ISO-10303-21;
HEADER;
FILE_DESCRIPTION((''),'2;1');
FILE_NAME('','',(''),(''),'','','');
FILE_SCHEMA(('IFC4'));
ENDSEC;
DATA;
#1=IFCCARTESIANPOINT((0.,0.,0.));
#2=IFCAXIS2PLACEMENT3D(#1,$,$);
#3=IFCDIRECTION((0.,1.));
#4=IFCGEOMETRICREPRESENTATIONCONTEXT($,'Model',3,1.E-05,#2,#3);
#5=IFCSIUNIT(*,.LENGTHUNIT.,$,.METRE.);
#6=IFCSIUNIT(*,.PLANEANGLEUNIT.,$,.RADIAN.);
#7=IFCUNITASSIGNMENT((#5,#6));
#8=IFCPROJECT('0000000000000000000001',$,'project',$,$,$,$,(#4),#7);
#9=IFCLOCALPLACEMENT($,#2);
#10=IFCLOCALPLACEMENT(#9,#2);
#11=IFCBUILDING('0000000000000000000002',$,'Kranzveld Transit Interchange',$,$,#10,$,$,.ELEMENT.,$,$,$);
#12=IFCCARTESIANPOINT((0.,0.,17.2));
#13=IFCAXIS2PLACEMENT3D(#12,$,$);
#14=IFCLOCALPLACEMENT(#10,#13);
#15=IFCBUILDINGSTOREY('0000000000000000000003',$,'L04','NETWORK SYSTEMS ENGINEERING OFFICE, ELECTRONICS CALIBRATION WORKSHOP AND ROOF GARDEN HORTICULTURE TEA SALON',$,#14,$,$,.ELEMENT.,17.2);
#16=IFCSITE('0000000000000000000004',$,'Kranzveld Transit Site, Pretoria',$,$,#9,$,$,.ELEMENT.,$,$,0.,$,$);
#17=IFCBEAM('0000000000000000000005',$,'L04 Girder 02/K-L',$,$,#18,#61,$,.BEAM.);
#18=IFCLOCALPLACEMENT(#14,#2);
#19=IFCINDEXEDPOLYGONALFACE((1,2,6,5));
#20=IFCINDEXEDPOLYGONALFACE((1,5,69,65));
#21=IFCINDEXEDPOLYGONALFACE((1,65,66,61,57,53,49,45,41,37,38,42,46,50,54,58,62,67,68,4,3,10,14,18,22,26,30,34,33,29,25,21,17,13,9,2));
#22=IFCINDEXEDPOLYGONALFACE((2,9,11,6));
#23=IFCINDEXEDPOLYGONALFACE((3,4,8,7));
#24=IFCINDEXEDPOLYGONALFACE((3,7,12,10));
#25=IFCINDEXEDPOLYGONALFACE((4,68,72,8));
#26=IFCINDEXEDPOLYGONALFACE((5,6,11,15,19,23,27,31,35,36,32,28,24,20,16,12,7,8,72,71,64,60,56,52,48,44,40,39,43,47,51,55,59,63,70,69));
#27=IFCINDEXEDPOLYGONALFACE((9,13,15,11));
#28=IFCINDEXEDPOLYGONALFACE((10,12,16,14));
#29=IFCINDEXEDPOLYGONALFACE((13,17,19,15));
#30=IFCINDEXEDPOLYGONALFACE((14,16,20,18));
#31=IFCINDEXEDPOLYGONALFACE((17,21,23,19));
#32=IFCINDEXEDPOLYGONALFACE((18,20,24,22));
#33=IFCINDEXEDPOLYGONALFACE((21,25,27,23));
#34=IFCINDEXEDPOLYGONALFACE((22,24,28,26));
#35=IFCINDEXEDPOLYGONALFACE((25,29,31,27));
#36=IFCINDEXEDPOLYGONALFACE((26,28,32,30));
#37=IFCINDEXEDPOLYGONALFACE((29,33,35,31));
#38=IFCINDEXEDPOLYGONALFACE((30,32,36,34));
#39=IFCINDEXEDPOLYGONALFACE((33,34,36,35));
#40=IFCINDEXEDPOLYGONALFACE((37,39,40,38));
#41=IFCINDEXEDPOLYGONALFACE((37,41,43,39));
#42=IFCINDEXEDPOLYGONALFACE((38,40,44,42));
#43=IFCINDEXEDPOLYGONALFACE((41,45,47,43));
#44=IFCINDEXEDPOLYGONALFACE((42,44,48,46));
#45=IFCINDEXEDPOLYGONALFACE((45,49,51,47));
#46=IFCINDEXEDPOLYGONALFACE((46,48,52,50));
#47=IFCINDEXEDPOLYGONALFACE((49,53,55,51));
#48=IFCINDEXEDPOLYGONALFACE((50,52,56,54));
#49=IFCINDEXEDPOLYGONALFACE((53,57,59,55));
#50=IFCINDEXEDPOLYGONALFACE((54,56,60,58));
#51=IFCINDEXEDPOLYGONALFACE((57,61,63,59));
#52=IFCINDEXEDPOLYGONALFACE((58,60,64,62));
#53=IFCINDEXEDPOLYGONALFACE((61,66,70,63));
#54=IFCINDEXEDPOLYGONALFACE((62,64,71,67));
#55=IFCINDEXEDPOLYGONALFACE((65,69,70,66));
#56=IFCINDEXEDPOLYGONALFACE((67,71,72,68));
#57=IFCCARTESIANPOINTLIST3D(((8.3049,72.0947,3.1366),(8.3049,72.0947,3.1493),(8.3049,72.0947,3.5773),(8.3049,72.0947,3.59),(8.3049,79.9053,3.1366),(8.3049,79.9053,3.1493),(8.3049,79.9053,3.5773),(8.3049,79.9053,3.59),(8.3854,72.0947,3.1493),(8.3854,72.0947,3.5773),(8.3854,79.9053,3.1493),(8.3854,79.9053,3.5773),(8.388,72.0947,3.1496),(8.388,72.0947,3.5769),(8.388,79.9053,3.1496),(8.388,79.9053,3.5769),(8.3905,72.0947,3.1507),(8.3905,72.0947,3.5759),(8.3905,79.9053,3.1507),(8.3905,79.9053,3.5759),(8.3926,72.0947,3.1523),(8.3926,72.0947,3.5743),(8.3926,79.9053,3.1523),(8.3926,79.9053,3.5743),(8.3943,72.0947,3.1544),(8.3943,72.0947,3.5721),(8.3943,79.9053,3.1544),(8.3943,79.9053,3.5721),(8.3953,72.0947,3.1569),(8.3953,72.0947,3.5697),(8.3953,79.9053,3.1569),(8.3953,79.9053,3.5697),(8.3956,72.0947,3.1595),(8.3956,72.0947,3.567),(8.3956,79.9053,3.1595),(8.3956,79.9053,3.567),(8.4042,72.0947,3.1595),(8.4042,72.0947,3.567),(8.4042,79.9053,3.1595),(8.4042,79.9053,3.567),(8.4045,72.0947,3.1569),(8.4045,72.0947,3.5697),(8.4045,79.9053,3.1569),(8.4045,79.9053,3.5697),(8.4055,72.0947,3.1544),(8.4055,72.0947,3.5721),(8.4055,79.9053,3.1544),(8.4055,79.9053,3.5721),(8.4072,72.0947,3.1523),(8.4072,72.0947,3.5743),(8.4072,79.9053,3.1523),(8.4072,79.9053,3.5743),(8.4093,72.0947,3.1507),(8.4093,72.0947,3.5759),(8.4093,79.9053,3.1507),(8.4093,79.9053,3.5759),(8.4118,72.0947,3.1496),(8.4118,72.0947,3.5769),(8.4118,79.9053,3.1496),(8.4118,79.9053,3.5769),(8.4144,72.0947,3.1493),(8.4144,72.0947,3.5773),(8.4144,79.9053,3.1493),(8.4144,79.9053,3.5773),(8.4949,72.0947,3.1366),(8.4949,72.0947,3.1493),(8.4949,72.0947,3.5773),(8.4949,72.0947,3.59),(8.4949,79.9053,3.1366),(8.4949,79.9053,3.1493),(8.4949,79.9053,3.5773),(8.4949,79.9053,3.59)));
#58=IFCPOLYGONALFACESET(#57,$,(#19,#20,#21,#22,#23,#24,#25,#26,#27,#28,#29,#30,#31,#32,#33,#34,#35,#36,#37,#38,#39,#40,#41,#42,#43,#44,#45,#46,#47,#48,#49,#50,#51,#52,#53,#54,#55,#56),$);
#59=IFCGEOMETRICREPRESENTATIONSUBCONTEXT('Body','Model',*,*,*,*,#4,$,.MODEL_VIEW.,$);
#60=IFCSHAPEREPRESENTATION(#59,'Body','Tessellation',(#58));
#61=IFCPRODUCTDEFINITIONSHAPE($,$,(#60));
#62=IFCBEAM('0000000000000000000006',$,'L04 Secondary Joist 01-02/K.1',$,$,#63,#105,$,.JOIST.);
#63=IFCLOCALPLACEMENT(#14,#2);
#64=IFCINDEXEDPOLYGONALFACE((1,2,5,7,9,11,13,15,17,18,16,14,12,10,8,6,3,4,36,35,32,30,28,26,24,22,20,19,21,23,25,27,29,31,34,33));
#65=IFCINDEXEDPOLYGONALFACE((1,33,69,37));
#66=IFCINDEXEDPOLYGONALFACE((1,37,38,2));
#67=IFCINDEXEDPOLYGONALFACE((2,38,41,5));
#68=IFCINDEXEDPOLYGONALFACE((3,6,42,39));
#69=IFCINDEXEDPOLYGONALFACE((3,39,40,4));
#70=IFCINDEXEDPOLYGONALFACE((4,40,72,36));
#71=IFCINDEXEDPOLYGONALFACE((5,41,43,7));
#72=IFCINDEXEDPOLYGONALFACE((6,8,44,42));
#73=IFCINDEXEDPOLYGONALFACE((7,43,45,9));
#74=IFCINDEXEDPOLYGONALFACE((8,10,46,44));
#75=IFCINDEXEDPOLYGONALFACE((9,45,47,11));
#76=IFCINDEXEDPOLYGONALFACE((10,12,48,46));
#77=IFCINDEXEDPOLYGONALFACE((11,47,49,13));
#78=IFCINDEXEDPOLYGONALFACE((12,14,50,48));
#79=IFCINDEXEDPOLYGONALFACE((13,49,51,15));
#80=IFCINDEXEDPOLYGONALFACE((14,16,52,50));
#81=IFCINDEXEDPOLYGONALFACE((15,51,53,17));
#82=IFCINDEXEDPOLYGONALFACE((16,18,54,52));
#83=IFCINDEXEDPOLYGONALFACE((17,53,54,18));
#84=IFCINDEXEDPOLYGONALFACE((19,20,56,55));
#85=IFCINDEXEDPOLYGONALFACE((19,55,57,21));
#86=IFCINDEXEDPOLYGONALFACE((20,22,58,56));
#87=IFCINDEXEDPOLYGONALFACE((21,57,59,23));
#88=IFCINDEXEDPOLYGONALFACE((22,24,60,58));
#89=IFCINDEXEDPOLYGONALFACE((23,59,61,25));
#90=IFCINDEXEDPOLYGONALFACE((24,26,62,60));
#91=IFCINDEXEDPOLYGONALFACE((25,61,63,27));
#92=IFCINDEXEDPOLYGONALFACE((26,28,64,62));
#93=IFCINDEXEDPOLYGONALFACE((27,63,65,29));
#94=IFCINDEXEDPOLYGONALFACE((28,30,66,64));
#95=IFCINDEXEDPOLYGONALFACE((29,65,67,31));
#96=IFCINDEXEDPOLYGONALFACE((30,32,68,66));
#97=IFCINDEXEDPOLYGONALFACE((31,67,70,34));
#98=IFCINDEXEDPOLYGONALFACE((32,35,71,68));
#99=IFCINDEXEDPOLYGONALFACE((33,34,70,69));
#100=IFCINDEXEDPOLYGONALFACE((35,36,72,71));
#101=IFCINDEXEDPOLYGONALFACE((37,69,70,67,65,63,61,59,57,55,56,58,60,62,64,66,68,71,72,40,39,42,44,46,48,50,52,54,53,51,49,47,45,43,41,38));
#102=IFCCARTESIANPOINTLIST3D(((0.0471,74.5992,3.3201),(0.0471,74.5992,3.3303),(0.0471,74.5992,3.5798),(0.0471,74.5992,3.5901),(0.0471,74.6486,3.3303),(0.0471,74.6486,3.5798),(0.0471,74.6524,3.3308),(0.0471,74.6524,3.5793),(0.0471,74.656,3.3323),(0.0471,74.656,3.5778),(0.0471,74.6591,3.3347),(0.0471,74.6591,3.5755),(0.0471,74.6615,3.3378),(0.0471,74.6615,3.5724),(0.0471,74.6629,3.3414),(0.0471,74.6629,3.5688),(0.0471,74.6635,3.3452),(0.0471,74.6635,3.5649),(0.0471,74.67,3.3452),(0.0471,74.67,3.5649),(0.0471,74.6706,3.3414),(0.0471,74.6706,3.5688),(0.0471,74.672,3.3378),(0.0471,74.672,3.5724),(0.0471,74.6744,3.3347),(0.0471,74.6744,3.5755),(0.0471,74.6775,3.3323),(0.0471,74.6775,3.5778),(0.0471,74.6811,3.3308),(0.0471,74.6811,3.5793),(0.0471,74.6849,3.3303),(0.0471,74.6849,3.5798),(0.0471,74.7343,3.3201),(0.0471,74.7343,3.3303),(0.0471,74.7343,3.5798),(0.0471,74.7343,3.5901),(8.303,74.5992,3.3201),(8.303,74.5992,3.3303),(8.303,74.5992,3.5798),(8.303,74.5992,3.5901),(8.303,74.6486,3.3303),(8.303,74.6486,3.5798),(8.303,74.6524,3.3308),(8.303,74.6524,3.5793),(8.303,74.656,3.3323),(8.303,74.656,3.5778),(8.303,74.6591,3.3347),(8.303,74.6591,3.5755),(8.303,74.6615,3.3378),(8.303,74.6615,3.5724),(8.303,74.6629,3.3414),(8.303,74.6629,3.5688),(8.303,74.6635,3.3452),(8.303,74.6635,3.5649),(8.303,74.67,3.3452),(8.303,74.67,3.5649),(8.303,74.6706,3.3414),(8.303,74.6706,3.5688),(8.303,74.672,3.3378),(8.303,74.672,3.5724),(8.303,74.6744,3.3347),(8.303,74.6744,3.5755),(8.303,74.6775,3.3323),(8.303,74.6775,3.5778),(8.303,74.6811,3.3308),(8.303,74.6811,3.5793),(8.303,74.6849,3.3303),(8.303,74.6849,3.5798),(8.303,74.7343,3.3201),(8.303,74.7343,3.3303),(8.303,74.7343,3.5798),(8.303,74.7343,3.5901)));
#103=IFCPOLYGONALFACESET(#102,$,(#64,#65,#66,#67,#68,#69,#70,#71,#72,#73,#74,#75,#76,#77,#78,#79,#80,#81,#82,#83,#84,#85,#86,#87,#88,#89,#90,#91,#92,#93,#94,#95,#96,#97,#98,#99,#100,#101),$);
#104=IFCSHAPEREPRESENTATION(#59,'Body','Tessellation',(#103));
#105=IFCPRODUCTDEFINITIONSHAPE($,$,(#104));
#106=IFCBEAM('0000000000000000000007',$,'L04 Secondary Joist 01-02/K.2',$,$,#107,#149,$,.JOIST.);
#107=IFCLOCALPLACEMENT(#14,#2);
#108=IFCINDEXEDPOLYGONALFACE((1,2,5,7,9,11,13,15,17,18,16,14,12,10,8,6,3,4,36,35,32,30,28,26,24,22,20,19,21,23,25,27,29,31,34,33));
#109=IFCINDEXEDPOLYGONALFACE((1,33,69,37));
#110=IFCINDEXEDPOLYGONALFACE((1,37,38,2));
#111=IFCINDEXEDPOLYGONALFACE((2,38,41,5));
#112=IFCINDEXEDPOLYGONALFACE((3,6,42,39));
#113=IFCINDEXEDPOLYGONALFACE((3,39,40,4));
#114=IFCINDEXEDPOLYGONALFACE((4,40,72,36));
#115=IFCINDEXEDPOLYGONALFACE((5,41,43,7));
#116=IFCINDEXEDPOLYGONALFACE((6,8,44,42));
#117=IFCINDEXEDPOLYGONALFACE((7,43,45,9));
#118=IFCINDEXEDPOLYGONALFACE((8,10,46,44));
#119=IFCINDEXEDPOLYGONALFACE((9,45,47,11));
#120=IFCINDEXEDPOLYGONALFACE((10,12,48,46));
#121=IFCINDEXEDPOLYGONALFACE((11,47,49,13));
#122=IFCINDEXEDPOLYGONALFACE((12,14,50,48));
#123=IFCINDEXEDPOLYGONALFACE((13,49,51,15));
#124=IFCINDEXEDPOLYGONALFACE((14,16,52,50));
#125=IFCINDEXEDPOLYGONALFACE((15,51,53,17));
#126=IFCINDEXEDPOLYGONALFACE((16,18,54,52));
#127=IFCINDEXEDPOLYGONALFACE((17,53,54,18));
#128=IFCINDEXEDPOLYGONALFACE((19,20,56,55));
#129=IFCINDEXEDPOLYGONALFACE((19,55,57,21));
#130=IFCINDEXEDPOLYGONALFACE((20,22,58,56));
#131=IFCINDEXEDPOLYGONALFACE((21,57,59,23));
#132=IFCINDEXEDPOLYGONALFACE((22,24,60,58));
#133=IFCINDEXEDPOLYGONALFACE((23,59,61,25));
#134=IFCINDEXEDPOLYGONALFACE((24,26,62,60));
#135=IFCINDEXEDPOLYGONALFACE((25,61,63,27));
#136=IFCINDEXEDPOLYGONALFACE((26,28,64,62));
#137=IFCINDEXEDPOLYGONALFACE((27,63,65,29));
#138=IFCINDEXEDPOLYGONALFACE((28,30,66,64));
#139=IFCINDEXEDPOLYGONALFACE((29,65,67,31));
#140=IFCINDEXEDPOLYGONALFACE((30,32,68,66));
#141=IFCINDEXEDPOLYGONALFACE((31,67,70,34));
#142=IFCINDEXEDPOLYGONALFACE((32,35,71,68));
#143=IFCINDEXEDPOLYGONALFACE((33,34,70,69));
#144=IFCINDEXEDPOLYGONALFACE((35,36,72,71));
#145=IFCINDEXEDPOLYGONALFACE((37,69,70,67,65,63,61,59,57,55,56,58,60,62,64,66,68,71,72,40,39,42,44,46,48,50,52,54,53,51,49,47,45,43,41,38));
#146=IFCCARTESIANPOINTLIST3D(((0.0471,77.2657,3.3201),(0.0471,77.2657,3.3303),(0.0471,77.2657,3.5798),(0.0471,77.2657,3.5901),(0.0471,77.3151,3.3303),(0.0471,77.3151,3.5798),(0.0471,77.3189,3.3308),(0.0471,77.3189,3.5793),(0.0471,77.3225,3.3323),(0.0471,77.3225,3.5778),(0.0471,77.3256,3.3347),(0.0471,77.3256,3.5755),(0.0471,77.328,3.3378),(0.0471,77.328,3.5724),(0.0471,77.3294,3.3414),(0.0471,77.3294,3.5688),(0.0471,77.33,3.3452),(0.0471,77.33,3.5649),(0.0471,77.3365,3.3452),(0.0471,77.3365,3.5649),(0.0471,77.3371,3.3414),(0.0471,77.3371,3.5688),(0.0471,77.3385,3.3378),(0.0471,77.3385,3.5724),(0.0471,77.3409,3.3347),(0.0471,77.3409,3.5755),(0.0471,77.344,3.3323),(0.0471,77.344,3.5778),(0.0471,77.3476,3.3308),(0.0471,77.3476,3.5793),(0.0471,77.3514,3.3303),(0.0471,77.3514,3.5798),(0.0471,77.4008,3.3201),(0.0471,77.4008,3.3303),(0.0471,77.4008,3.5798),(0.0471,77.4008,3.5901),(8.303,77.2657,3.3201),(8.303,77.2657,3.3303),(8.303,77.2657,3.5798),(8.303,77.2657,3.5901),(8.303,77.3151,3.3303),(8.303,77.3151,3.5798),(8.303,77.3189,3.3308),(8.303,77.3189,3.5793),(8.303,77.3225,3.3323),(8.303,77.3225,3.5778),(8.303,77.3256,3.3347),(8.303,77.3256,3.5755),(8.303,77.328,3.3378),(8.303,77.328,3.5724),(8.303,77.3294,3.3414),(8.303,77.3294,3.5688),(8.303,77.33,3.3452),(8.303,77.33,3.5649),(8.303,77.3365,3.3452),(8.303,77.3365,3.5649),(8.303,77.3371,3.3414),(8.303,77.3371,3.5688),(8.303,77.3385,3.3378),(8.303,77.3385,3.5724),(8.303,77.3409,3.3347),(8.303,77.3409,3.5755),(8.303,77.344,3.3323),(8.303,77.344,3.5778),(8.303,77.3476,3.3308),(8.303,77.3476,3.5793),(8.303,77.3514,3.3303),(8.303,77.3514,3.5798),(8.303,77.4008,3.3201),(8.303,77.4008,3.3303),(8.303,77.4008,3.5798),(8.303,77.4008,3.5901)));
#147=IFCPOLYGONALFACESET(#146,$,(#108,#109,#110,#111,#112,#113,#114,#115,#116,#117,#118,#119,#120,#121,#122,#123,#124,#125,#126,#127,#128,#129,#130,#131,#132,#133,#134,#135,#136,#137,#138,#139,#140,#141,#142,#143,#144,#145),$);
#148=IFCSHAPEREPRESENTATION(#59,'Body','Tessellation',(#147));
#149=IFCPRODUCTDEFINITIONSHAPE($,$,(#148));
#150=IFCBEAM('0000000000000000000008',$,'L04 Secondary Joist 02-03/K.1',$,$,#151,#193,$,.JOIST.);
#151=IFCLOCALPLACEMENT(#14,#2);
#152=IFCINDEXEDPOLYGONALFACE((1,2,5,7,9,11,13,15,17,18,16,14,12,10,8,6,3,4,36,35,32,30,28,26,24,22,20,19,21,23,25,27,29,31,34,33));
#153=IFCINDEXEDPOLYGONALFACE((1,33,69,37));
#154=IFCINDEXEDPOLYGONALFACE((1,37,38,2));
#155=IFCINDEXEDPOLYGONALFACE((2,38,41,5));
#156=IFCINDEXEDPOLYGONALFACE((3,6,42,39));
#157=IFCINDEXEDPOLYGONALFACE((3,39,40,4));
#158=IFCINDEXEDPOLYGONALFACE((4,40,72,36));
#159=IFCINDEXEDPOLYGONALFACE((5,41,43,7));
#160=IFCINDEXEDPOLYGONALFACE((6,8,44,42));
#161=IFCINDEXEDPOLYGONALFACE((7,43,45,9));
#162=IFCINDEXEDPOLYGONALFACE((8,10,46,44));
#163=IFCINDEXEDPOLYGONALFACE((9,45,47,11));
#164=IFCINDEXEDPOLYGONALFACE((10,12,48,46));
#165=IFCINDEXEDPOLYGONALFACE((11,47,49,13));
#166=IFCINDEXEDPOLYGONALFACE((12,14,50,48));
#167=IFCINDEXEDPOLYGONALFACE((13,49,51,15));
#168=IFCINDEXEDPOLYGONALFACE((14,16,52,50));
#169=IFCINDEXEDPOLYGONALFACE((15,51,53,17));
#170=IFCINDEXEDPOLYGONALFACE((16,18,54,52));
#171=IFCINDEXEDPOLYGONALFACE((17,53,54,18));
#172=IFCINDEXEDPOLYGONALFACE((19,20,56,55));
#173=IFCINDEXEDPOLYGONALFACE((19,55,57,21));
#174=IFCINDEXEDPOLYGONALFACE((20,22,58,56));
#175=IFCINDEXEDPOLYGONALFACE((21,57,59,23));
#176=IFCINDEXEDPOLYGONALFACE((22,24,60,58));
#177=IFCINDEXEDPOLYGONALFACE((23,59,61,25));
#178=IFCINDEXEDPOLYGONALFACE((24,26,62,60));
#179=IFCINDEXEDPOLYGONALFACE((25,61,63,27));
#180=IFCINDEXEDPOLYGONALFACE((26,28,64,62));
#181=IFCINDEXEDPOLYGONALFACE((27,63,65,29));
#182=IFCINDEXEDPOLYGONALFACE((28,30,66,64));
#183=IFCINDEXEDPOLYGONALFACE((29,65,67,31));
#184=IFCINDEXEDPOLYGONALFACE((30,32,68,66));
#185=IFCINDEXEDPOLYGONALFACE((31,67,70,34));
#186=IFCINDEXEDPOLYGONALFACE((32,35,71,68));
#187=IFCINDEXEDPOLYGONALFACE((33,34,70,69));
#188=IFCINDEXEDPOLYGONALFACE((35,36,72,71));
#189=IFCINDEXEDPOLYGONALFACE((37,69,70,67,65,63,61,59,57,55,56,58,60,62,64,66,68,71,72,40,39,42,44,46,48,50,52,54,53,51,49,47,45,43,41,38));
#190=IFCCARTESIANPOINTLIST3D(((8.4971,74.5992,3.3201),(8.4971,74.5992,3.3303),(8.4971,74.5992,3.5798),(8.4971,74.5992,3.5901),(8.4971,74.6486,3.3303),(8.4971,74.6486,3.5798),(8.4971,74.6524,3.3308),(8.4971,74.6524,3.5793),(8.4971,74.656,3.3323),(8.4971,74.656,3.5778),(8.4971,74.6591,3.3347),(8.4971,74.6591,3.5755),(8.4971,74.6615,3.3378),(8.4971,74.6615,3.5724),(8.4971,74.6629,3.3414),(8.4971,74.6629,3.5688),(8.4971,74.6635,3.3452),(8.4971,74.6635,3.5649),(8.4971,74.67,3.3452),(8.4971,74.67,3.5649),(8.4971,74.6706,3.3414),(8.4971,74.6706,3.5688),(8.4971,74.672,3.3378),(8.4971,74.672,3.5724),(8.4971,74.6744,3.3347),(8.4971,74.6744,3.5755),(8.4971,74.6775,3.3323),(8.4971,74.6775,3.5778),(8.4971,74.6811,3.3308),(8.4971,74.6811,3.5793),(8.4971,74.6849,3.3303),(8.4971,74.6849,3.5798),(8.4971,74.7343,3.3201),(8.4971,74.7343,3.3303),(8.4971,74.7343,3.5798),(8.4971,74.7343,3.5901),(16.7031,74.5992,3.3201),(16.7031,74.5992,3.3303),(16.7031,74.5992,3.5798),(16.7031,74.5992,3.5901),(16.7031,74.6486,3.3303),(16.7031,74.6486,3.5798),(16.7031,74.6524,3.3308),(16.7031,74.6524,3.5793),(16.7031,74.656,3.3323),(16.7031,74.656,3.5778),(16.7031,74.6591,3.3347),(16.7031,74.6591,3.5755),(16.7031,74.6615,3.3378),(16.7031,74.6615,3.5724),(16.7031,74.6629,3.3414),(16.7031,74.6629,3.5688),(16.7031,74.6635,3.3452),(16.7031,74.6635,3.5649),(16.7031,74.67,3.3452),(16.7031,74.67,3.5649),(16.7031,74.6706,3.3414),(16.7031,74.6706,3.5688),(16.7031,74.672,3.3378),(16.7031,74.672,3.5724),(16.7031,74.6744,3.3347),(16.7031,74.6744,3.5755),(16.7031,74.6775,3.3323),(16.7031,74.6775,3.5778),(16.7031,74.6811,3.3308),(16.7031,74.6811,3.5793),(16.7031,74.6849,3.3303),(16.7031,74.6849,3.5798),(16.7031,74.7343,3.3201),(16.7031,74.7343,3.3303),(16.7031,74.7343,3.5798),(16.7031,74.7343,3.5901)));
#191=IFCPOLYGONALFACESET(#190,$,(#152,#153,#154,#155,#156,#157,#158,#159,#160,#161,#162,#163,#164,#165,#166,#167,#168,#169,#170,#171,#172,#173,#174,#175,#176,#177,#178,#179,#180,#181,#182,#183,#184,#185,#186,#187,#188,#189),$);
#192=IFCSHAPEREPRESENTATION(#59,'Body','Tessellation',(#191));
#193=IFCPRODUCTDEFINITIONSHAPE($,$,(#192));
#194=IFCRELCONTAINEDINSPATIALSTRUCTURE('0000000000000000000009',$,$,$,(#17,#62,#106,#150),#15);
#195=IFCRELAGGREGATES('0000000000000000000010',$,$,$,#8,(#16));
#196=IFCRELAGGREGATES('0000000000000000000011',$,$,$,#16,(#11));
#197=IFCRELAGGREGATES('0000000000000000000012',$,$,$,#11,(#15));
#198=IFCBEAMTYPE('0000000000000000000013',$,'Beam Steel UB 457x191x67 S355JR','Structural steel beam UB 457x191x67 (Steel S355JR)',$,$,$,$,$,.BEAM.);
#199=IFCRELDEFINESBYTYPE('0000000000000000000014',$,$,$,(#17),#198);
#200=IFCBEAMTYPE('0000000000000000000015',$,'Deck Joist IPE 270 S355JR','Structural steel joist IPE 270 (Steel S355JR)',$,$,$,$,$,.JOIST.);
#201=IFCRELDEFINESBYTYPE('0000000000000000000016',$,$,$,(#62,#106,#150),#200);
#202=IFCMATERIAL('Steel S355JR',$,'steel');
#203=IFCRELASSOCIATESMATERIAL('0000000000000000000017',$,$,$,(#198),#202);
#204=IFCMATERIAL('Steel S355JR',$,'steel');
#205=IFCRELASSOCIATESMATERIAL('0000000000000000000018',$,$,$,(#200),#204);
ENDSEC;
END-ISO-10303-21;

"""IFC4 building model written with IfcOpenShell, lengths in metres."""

from ifc_helpers import new_model, si_unit, direction, frame, origin, origin_2d, place, context, subcontext, project, spatial, i_section, extrude, material, material_profile, profile_set, type_object, element, save


model = new_model("IFC4")

# Units and contexts
model_context = context("Model", 3, precision=1e-05, world=origin(), true_north=direction((0.0, 1.0)))
body_context = subcontext(model_context, "Body", "Model", "MODEL_VIEW")
ifc_project = project(units=[si_unit("LENGTHUNIT", "METRE"), si_unit("PLANEANGLEUNIT", "RADIAN")], contexts=[model_context])

# Site, building, storey
site_placement = place(None, origin())
site = spatial("IfcSite", under=ifc_project, at=site_placement, Name="Kranzveld Transit Site, Pretoria", CompositionType="ELEMENT", RefElevation=0.0)
building_placement = place(site_placement, origin())
building = spatial("IfcBuilding", under=site, at=building_placement, Name="Kranzveld Transit Interchange", CompositionType="ELEMENT")
storey_placement = place(building_placement, frame((0.0, 0.0, 17.2)))
storey = spatial("IfcBuildingStorey", under=building, at=storey_placement, Name="L04", Description="NETWORK SYSTEMS ENGINEERING OFFICE, ELECTRONICS CALIBRATION WORKSHOP AND ROOF GARDEN HORTICULTURE TEA SALON", CompositionType="ELEMENT", Elevation=17.2)

# Beams
ifc_material_1 = material(Name="Steel S355JR", Category="steel")
ifc_material_profile_1 = material_profile(ifc_material_1, i_section(OverallWidth=0.1899, OverallDepth=0.4534, WebThickness=0.0085, FlangeThickness=0.0127, FilletRadius=0.0103, at=origin_2d()), Name="UB 457x191x67")
ifc_profile_set_1 = profile_set([ifc_material_profile_1], Name="Steel S355JR")
beam_type_1 = type_object("IfcBeamType", Name="Beam Steel UB 457x191x67 S355JR", Description="Structural steel beam UB 457x191x67 (Steel S355JR)", PredefinedType="BEAM", material=ifc_profile_set_1)
beam_1_placement = place(storey_placement, frame((8.3999, 72.0947, 3.3633), z_axis=(0.0, 1.0, 0.0), x_axis=(-1.0, 0.0, 0.0)))
element("IfcBeam", 1, at=beam_1_placement, inside=storey, type_object=beam_type_1, Name="L04 Girder 02/K-L", PredefinedType="BEAM", context=body_context, shape_type="SweptSolid", body=[
    extrude(i_section(OverallWidth=0.1899, OverallDepth=0.4534, WebThickness=0.0085, FlangeThickness=0.0127, FilletRadius=0.0103, at=origin_2d()), origin(), (0.0, 0.0, 1.0), 7.8105),
])
ifc_material_2 = material(Name="Steel S355JR", Category="steel")
ifc_material_profile_2 = material_profile(ifc_material_2, i_section(OverallWidth=0.135, OverallDepth=0.27, WebThickness=0.0066, FlangeThickness=0.0103, FilletRadius=0.0149, at=origin_2d()), Name="IPE 270")
ifc_profile_set_2 = profile_set([ifc_material_profile_2], Name="Steel S355JR")
beam_type_2 = type_object("IfcBeamType", Name="Deck Joist IPE 270 S355JR", Description="Structural steel joist IPE 270 (Steel S355JR)", PredefinedType="JOIST", material=ifc_profile_set_2)
for number, where, z_axis, x_axis, name in (
    (2, (0.0471, 74.6667, 3.4551), (1.0, 0.0, 0.0), (0.0, 1.0, 0.0), "L04 Secondary Joist 01-02/K.1"),
    (3, (0.0471, 77.3333, 3.4551), (1.0, 0.0, 0.0), (0.0, 1.0, 0.0), "L04 Secondary Joist 01-02/K.2"),
):
    element("IfcBeam", number, at=place(storey_placement, frame(where, z_axis=z_axis, x_axis=x_axis)), inside=storey, type_object=beam_type_2, Name=name, PredefinedType="JOIST", context=body_context, shape_type="SweptSolid", body=[
        extrude(i_section(OverallWidth=0.135, OverallDepth=0.27, WebThickness=0.0066, FlangeThickness=0.0103, FilletRadius=0.0149, at=origin_2d()), origin(), (0.0, 0.0, 1.0), 8.2559),
    ])
for number, where, z_axis, x_axis, name in (
    (4, (8.4971, 74.6667, 3.4551), (1.0, 0.0, 0.0), (0.0, 1.0, 0.0), "L04 Secondary Joist 02-03/K.1"),
):
    element("IfcBeam", number, at=place(storey_placement, frame(where, z_axis=z_axis, x_axis=x_axis)), inside=storey, type_object=beam_type_2, Name=name, PredefinedType="JOIST", context=body_context, shape_type="SweptSolid", body=[
        extrude(i_section(OverallWidth=0.135, OverallDepth=0.27, WebThickness=0.0066, FlangeThickness=0.0103, FilletRadius=0.0149, at=origin_2d()), origin(), (0.0, 0.0, 1.0), 8.2061),
    ])

save(model, "model.ifc")
